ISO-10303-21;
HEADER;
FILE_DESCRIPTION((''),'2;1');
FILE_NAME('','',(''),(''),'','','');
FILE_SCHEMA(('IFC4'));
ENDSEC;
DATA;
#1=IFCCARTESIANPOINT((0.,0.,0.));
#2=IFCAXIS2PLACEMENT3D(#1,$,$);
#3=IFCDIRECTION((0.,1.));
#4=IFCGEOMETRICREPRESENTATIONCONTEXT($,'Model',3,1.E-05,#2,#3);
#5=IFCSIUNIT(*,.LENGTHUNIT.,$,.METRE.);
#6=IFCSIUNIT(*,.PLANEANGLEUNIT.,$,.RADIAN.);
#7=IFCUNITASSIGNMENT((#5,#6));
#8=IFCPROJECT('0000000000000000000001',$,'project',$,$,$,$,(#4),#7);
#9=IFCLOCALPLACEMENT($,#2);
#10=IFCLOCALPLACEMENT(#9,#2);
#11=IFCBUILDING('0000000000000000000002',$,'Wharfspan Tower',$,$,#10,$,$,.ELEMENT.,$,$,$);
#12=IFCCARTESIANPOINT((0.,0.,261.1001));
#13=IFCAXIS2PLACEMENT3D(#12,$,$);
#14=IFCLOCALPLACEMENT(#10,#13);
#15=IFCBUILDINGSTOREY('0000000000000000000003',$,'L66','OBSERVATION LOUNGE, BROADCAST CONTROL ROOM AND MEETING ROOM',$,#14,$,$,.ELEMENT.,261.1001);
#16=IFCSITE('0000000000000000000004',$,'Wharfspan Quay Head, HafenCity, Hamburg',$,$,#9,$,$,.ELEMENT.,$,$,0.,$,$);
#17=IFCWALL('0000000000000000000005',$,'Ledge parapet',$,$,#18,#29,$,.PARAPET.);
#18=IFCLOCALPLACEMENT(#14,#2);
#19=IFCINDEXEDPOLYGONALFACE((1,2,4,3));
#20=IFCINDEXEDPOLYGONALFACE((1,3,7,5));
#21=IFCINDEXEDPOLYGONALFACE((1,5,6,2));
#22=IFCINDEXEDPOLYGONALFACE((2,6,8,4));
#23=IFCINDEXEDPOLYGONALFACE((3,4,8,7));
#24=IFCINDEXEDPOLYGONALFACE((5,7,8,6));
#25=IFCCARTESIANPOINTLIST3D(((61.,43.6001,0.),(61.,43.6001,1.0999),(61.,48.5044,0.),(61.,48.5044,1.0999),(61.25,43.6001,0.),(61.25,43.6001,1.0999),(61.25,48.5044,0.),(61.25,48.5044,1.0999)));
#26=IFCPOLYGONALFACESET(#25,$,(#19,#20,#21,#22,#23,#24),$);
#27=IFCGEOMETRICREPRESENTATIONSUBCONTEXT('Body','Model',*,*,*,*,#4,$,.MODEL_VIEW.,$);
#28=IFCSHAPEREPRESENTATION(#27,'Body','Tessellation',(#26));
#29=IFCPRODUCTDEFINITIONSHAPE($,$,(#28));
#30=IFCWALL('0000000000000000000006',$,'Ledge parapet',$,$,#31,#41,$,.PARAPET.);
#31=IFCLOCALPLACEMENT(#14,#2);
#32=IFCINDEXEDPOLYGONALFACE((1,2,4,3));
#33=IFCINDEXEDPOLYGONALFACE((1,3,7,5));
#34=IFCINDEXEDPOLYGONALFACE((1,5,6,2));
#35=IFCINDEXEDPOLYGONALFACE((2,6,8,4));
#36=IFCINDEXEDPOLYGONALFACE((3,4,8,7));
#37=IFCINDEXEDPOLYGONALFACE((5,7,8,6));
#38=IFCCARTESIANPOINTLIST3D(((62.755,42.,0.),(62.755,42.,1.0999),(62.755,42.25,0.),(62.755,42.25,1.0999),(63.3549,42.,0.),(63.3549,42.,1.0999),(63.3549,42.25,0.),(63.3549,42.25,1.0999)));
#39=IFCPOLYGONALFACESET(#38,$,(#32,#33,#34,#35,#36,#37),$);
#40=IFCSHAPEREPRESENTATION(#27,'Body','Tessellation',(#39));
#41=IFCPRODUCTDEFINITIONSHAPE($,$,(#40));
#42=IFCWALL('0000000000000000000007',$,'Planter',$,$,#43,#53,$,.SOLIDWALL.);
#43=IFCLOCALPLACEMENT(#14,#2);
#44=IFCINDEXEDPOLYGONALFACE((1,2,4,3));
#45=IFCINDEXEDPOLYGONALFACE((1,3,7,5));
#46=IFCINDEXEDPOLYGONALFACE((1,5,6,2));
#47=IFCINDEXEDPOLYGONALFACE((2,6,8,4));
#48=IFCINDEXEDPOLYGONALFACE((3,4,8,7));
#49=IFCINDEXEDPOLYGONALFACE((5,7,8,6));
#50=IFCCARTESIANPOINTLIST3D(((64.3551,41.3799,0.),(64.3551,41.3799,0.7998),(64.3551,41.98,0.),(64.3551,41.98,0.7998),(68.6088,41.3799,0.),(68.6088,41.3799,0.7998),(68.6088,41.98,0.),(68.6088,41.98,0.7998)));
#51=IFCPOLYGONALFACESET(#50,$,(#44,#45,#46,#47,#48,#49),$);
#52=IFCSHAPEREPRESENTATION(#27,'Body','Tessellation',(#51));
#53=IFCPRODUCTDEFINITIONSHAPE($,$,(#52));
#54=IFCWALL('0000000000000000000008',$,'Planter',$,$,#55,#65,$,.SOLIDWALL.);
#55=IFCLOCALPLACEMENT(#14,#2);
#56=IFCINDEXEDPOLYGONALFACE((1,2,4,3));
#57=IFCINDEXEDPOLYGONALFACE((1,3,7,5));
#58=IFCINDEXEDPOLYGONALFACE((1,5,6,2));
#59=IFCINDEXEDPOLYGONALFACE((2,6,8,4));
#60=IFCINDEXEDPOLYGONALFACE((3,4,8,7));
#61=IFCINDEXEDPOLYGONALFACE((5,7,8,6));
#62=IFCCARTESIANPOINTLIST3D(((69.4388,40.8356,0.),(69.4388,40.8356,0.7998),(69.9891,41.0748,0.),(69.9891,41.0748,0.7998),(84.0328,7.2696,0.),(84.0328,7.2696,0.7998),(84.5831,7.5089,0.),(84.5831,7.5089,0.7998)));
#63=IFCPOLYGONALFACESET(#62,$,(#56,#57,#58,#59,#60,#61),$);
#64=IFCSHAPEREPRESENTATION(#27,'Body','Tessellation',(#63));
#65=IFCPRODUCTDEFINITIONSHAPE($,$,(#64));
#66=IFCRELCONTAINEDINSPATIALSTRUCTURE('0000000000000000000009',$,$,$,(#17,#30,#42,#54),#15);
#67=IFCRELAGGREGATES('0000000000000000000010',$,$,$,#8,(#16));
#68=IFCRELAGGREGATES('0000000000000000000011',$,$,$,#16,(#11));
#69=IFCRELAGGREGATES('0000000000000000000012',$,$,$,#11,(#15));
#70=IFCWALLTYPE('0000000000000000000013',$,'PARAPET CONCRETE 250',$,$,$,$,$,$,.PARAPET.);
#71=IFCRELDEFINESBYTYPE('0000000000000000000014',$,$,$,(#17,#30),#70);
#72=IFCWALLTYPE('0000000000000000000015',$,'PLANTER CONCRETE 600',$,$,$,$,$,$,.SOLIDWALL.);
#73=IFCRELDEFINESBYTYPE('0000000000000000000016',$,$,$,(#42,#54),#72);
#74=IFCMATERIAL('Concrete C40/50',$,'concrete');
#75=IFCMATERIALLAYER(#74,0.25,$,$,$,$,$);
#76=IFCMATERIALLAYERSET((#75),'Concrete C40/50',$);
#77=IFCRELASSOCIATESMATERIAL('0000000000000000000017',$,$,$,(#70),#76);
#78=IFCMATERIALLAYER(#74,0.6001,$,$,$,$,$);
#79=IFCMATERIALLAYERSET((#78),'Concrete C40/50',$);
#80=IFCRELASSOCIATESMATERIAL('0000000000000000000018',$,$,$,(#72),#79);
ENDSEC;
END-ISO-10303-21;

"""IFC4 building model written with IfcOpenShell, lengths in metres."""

from ifc_helpers import new_model, si_unit, direction, frame, frame_2d, origin, place, context, subcontext, project, spatial, rectangle, extrude, material, layer, layer_set, type_object, element, save


model = new_model("IFC4")

# Units and contexts
model_context = context("Model", 3, precision=1e-05, world=origin(), true_north=direction((0.0, 1.0)))
body_context = subcontext(model_context, "Body", "Model", "MODEL_VIEW")
ifc_project = project(units=[si_unit("LENGTHUNIT", "METRE"), si_unit("PLANEANGLEUNIT", "RADIAN")], contexts=[model_context])

# Site, building, storey
site_placement = place(None, origin())
site = spatial("IfcSite", under=ifc_project, at=site_placement, Name="Wharfspan Quay Head, HafenCity, Hamburg", CompositionType="ELEMENT", RefElevation=0.0)
building_placement = place(site_placement, origin())
building = spatial("IfcBuilding", under=site, at=building_placement, Name="Wharfspan Tower", CompositionType="ELEMENT")
storey_placement = place(building_placement, frame((0.0, 0.0, 261.1001)))
storey = spatial("IfcBuildingStorey", under=building, at=storey_placement, Name="L66", Description="OBSERVATION LOUNGE, BROADCAST CONTROL ROOM AND MEETING ROOM", CompositionType="ELEMENT", Elevation=261.1001)

# Walls
ifc_material_1 = material(Name="Concrete C40/50", Category="concrete")
ifc_layer_1 = layer(ifc_material_1, 0.25)
ifc_layer_set_1 = layer_set([ifc_layer_1], Name="Concrete C40/50")
wall_type_1 = type_object("IfcWallType", Name="PARAPET CONCRETE 250", PredefinedType="PARAPET", material=ifc_layer_set_1)
wall_1_placement = place(storey_placement, frame((61.125, 48.5044, 0.0), z_axis=(0.0, 0.0, 1.0), x_axis=(0.0, -1.0, 0.0)))
element("IfcWall", 1, at=wall_1_placement, inside=storey, type_object=wall_type_1, Name="Ledge parapet", PredefinedType="PARAPET", context=body_context, shape_type="SweptSolid", body=[
    extrude(rectangle(XDim=4.9043, YDim=0.25, at=frame_2d((2.4521, 0.0))), origin(), (0.0, 0.0, 1.0), 1.0999),
])
wall_2_placement = place(storey_placement, frame((62.7551, 42.125, 0.0), z_axis=(0.0, 0.0, 1.0), x_axis=(1.0, 0.0, 0.0)))
element("IfcWall", 2, at=wall_2_placement, inside=storey, type_object=wall_type_1, Name="Ledge parapet", PredefinedType="PARAPET", context=body_context, shape_type="SweptSolid", body=[
    extrude(rectangle(XDim=0.5999, YDim=0.25, at=frame_2d((0.2998, 0.0))), origin(), (0.0, 0.0, 1.0), 1.0999),
])
ifc_layer_2 = layer(ifc_material_1, 0.6001)
ifc_layer_set_2 = layer_set([ifc_layer_2], Name="Concrete C40/50")
wall_type_2 = type_object("IfcWallType", Name="PLANTER CONCRETE 600", PredefinedType="SOLIDWALL", material=ifc_layer_set_2)
wall_3_placement = place(storey_placement, frame((64.355, 41.6799, 0.0), z_axis=(0.0, 0.0, 1.0), x_axis=(1.0, 0.0, 0.0)))
element("IfcWall", 3, at=wall_3_placement, inside=storey, type_object=wall_type_2, Name="Planter", PredefinedType="SOLIDWALL", context=body_context, shape_type="SweptSolid", body=[
    extrude(rectangle(XDim=4.2537, YDim=0.6001, at=frame_2d((2.127, 0.0))), origin(), (0.0, 0.0, 1.0), 0.7998),
])
wall_4_placement = place(storey_placement, frame((69.7139, 40.9553, 0.0), z_axis=(0.0, 0.0, 1.0), x_axis=(0.398728, -0.917067, 0.0)))
element("IfcWall", 4, at=wall_4_placement, inside=storey, type_object=wall_type_2, Name="Planter", PredefinedType="SOLIDWALL", context=body_context, shape_type="SweptSolid", body=[
    extrude(rectangle(XDim=36.6013, YDim=0.6001, at=frame_2d((18.3008, 0.0))), origin(), (0.0, 0.0, 1.0), 0.7998),
])

save(model, "model.ifc")
